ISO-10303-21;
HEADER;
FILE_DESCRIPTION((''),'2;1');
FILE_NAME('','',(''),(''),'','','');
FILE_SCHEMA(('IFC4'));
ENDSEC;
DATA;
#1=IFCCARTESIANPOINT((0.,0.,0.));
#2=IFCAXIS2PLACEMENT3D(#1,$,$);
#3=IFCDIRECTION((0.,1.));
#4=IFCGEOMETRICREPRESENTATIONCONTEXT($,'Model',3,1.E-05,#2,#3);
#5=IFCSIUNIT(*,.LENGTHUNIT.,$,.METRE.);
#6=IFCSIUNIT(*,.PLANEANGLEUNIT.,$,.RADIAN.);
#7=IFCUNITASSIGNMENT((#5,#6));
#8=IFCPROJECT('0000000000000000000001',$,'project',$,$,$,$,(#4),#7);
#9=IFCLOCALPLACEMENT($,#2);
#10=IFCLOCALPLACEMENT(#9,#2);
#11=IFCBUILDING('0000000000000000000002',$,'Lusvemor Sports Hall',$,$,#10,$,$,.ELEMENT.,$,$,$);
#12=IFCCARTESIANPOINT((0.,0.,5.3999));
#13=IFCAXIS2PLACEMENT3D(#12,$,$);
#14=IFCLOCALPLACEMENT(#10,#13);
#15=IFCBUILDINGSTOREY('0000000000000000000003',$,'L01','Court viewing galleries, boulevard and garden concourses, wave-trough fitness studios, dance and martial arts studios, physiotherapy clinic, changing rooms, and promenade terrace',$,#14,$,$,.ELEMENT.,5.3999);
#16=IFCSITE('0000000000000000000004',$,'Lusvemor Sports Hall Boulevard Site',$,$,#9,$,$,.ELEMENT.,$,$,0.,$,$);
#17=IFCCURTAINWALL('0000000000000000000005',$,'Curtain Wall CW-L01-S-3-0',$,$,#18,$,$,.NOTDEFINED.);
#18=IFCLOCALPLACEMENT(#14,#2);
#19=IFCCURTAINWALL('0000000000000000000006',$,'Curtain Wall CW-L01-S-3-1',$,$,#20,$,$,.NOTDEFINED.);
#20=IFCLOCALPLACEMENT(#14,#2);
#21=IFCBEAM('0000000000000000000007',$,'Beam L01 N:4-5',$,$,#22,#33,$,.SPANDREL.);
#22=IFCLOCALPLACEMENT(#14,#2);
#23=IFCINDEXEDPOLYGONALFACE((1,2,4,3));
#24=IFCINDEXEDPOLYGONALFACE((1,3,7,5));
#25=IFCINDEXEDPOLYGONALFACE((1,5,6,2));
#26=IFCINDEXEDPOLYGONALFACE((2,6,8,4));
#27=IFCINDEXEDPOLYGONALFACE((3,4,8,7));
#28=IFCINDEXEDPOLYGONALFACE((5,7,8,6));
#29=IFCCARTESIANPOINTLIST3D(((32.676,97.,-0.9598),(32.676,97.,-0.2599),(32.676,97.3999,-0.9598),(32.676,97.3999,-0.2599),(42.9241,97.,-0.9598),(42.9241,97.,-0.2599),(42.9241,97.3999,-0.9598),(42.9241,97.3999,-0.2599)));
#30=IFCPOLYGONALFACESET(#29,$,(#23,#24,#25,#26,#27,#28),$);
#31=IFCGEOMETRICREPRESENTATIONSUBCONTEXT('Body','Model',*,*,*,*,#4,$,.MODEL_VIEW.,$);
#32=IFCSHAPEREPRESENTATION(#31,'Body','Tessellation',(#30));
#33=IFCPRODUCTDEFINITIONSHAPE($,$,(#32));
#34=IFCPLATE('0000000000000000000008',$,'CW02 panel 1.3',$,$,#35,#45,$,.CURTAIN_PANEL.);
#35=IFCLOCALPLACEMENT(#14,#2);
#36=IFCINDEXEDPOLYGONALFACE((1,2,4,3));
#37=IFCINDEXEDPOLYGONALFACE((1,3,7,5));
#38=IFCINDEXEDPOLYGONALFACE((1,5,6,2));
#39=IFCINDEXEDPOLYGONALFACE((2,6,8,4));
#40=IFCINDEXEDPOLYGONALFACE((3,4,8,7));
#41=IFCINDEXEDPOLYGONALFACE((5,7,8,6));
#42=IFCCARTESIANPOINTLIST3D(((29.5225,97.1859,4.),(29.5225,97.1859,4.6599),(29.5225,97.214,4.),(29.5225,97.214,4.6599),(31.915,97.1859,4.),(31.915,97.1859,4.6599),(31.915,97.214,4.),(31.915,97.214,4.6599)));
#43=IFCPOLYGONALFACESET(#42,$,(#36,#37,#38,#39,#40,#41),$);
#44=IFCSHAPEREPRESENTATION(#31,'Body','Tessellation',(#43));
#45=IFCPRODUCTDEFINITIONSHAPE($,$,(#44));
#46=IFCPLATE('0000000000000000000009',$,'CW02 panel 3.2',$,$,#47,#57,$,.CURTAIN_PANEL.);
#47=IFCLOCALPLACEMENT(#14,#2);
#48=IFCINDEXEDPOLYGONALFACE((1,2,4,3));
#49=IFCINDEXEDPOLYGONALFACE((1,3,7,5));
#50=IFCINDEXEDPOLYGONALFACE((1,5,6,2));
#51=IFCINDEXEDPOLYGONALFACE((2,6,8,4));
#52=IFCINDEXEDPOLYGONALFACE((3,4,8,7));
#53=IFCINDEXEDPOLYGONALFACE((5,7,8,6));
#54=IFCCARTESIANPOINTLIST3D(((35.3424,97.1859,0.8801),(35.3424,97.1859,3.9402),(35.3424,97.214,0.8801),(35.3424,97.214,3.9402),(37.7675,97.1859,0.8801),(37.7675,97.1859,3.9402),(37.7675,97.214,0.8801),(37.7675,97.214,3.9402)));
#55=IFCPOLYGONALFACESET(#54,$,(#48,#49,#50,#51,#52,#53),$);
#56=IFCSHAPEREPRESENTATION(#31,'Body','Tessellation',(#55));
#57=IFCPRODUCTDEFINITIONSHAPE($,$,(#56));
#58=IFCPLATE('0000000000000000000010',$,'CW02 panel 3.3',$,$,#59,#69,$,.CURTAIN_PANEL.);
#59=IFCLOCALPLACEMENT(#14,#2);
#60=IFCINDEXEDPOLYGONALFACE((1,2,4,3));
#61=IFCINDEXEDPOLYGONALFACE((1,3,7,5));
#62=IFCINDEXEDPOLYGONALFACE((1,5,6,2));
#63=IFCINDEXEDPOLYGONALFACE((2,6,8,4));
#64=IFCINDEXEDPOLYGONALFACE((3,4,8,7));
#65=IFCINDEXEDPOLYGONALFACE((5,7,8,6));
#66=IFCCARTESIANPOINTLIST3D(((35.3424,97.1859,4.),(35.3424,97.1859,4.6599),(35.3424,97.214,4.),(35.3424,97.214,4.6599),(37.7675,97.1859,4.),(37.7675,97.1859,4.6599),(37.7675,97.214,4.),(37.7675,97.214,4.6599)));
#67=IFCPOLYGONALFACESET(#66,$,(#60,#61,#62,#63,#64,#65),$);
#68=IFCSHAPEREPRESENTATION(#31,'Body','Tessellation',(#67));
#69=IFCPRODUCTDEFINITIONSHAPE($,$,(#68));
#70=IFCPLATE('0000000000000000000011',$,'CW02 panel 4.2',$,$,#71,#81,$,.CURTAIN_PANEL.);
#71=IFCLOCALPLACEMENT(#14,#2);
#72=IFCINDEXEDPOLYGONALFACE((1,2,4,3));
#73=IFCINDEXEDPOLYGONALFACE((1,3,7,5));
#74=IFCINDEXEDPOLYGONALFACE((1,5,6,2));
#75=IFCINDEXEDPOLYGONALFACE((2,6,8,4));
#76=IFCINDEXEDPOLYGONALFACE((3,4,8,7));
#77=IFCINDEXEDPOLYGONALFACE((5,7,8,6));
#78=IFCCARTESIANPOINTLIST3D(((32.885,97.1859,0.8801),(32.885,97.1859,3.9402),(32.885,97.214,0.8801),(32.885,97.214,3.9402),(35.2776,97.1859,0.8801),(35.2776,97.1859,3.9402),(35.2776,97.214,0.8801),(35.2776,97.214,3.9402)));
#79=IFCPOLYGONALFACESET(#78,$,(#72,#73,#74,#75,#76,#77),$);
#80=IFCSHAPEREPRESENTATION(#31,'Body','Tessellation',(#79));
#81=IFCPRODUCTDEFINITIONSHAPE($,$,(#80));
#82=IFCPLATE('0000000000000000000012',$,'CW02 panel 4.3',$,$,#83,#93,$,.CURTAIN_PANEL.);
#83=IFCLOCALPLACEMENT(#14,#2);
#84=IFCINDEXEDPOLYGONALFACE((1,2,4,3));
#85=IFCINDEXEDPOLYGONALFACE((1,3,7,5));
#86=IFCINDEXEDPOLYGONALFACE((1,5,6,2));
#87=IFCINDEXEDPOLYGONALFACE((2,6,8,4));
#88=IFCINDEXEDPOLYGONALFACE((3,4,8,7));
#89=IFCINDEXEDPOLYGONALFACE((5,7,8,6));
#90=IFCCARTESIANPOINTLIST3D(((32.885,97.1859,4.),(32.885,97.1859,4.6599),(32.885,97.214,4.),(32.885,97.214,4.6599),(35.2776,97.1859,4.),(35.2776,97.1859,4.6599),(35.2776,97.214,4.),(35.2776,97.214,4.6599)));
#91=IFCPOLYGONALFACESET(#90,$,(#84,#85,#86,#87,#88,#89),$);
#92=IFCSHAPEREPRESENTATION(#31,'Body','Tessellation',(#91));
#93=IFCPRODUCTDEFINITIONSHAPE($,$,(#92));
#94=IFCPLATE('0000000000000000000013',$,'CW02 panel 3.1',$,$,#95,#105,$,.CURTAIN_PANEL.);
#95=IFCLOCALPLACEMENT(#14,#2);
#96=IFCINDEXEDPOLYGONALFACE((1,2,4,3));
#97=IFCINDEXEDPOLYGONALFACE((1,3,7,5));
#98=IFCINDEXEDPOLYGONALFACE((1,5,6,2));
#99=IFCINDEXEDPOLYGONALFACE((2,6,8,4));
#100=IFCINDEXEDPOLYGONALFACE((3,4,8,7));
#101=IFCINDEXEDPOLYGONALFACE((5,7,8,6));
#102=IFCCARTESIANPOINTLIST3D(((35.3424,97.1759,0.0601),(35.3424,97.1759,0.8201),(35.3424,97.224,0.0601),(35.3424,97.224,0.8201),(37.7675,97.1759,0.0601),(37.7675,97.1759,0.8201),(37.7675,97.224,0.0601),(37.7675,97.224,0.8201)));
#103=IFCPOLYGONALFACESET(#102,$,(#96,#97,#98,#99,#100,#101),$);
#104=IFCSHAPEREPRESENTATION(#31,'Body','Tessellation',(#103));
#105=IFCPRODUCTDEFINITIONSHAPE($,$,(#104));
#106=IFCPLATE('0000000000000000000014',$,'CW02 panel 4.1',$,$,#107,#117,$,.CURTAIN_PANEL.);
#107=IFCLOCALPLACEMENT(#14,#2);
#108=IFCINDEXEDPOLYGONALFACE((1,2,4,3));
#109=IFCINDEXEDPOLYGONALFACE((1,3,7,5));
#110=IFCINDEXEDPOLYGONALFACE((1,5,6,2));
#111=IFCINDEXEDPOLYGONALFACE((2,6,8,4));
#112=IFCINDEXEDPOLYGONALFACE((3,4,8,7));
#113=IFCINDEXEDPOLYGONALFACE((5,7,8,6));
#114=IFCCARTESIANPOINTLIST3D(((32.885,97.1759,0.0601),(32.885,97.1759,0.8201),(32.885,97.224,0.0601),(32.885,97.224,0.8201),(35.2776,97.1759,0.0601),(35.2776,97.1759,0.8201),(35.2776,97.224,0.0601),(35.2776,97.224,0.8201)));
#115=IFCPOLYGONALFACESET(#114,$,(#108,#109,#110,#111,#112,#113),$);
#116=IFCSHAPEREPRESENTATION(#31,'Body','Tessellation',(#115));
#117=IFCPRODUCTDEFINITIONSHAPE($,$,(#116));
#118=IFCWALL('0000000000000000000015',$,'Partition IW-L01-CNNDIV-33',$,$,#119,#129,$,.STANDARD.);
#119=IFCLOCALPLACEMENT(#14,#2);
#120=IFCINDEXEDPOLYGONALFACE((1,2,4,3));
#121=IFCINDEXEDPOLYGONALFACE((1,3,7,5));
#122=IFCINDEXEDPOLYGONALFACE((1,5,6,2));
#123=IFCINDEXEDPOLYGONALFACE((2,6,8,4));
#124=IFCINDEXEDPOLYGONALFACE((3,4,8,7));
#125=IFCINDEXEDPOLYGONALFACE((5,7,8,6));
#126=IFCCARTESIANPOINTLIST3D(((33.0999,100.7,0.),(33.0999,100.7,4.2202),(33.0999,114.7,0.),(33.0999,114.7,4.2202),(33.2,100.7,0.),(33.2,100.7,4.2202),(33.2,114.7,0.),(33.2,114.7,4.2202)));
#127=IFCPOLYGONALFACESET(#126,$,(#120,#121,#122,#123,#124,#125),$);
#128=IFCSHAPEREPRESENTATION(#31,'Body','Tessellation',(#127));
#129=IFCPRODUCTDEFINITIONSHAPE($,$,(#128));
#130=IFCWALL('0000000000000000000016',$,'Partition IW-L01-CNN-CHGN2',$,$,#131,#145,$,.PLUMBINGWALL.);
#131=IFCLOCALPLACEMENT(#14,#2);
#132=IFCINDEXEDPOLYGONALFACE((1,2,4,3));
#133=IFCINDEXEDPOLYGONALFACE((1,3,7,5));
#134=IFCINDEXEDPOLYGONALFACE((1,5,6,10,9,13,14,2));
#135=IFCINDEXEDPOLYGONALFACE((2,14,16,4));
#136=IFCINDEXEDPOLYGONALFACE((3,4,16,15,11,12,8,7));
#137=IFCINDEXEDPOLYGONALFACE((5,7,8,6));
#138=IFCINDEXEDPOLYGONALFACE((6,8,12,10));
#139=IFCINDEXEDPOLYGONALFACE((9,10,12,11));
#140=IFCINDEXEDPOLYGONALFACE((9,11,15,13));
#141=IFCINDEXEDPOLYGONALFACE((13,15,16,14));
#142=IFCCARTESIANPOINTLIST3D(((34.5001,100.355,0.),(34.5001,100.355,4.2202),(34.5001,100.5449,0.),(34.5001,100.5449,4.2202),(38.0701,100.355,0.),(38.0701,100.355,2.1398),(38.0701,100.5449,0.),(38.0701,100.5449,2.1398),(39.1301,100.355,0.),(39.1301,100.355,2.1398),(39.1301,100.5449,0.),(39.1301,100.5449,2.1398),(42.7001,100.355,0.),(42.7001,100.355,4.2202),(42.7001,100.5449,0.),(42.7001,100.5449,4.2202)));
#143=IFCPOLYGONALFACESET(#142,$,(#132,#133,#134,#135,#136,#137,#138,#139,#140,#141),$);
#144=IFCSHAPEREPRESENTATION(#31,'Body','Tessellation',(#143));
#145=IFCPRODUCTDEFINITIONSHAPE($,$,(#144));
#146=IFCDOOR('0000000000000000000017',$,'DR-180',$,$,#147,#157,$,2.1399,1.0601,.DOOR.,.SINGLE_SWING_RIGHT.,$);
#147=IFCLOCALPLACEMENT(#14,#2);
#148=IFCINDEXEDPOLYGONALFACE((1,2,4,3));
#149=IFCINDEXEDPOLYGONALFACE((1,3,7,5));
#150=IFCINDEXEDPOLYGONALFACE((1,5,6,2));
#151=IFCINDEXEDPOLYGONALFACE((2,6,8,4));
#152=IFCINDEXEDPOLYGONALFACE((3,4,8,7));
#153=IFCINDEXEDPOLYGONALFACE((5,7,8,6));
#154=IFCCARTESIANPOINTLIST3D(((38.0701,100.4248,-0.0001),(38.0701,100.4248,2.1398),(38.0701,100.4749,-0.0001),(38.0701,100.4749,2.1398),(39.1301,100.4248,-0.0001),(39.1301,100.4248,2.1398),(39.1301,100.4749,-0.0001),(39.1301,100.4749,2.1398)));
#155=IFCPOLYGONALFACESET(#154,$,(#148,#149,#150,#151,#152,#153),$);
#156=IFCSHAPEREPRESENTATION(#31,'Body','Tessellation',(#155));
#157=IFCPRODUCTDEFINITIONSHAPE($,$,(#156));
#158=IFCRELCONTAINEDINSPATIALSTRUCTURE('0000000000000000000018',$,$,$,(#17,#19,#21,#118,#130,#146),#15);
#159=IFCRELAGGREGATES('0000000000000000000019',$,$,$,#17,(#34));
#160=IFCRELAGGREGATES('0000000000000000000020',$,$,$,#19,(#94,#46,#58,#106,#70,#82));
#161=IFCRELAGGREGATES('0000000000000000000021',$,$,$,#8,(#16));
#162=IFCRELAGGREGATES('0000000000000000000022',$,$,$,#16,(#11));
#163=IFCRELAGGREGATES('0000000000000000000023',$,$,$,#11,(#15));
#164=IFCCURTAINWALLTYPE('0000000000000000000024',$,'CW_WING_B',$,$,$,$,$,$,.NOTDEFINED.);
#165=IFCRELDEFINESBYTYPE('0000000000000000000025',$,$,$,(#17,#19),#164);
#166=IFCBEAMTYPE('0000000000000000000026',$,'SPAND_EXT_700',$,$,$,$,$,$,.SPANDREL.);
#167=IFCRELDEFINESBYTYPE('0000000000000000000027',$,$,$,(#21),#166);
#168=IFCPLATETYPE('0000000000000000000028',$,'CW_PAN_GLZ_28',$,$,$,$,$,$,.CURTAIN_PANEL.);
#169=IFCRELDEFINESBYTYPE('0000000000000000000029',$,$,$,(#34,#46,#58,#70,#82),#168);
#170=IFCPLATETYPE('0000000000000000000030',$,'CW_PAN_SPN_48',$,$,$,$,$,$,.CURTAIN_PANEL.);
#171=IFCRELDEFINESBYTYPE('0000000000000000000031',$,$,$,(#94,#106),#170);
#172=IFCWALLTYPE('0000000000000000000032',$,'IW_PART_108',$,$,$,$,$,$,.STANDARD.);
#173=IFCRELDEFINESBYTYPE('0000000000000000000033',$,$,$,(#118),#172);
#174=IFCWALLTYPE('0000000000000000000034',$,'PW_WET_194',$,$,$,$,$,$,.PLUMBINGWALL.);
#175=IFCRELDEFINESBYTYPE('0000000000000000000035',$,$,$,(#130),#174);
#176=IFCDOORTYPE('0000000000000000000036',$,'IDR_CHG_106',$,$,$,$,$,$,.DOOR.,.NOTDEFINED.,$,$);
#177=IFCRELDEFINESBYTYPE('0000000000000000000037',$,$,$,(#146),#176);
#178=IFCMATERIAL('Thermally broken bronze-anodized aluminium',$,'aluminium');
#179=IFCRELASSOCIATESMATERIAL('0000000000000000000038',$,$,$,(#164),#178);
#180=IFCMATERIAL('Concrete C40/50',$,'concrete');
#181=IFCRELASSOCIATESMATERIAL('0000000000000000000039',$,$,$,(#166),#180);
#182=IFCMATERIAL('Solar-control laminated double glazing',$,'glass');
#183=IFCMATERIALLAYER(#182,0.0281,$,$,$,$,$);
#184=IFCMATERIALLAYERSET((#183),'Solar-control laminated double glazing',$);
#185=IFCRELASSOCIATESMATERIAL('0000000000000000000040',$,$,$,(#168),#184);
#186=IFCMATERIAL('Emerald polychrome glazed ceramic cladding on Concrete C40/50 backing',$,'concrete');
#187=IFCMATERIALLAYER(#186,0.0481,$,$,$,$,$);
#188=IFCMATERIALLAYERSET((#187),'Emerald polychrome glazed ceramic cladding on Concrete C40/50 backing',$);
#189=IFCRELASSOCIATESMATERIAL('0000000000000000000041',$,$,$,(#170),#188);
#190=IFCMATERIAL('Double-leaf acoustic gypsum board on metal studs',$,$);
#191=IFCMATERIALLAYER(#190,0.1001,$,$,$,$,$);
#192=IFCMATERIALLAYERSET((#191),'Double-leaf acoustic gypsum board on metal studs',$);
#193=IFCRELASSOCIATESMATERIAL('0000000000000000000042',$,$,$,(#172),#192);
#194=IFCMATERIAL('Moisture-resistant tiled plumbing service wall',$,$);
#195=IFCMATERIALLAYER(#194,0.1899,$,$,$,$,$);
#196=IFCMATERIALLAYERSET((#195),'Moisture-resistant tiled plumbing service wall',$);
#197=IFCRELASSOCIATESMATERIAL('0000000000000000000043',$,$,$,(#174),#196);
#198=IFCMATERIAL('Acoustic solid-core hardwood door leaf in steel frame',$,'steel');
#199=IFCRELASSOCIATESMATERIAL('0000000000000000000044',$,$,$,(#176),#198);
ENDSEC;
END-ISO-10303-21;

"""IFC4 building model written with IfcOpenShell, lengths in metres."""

from ifc_helpers import new_model, si_unit, direction, frame, frame_2d, origin, origin_2d, place, context, subcontext, project, spatial, rectangle, extrude, material, layer, layer_set, material_profile, profile_set, type_object, element, fill, aggregate, save


model = new_model("IFC4")

# Units and contexts
model_context = context("Model", 3, precision=1e-05, world=origin(), true_north=direction((0.0, 1.0)))
body_context = subcontext(model_context, "Body", "Model", "MODEL_VIEW")
ifc_project = project(units=[si_unit("LENGTHUNIT", "METRE"), si_unit("PLANEANGLEUNIT", "RADIAN")], contexts=[model_context])

# Site, building, storey
site_placement = place(None, origin())
site = spatial("IfcSite", under=ifc_project, at=site_placement, Name="Lusvemor Sports Hall Boulevard Site", CompositionType="ELEMENT", RefElevation=0.0)
building_placement = place(site_placement, origin())
building = spatial("IfcBuilding", under=site, at=building_placement, Name="Lusvemor Sports Hall", CompositionType="ELEMENT")
storey_placement = place(building_placement, frame((0.0, 0.0, 5.3999)))
storey = spatial("IfcBuildingStorey", under=building, at=storey_placement, Name="L01", Description="Court viewing galleries, boulevard and garden concourses, wave-trough fitness studios, dance and martial arts studios, physiotherapy clinic, changing rooms, and promenade terrace", CompositionType="ELEMENT", Elevation=5.3999)

# Curtain wall
ifc_material_1 = material(Name="Thermally broken bronze-anodized aluminium", Category="aluminium")
curtain_wall_type = type_object("IfcCurtainWallType", Name="CW_WING_B", PredefinedType="NOTDEFINED", material=ifc_material_1)
curtain_wall_1_placement = place(storey_placement, origin())
curtain_wall_1 = element("IfcCurtainWall", 1, at=curtain_wall_1_placement, inside=storey, type_object=curtain_wall_type, Name="Curtain Wall CW-L01-S-3-0", PredefinedType="NOTDEFINED")

# Curtain wall
curtain_wall_2_placement = place(storey_placement, origin())
curtain_wall_2 = element("IfcCurtainWall", 2, at=curtain_wall_2_placement, inside=storey, type_object=curtain_wall_type, Name="Curtain Wall CW-L01-S-3-1", PredefinedType="NOTDEFINED")

# Beam
ifc_material_2 = material(Name="Concrete C40/50", Category="concrete")
ifc_material_profile_1 = material_profile(ifc_material_2, rectangle(XDim=0.3999, YDim=0.7, at=origin_2d()), Name="RC400x700")
ifc_profile_set_1 = profile_set([ifc_material_profile_1], Name="Concrete C40/50")
beam_type_1 = type_object("IfcBeamType", Name="SPAND_EXT_700", PredefinedType="SPANDREL", material=ifc_profile_set_1)
beam_1_placement = place(storey_placement, frame((32.676, 97.2, -0.6099), z_axis=(1.0, 0.0, 0.0), x_axis=(0.0, 1.0, 0.0)))
element("IfcBeam", 3, at=beam_1_placement, inside=storey, type_object=beam_type_1, Name="Beam L01 N:4-5", PredefinedType="SPANDREL", context=body_context, shape_type="SweptSolid", body=[
    extrude(rectangle(XDim=0.3999, YDim=0.7, at=origin_2d()), origin(), (0.0, 0.0, 1.0), 10.248),
])

# Plates
ifc_material_3 = material(Name="Solar-control laminated double glazing", Category="glass")
ifc_layer_1 = layer(ifc_material_3, 0.0281)
ifc_layer_set_1 = layer_set([ifc_layer_1], Name="Solar-control laminated double glazing")
plate_type_1 = type_object("IfcPlateType", Name="CW_PAN_GLZ_28", PredefinedType="CURTAIN_PANEL", material=ifc_layer_set_1)
plate_1_placement = place(storey_placement, frame((30.7188, 97.2, 4.0), z_axis=(0.0, 0.0, 1.0), x_axis=(-1.0, 0.0, 0.0)))
plate_1 = element("IfcPlate", 4, at=plate_1_placement, type_object=plate_type_1, Name="CW02 panel 1.3", PredefinedType="CURTAIN_PANEL", context=body_context, shape_type="SweptSolid", body=[
    extrude(rectangle(XDim=2.3926, YDim=0.0281, at=origin_2d()), origin(), (0.0, 0.0, 1.0), 0.6599),
])
aggregate(curtain_wall_1, [plate_1])
plate_2_placement = place(storey_placement, frame((36.5549, 97.2, 0.8801), z_axis=(0.0, 0.0, 1.0), x_axis=(-1.0, 0.0, 0.0)))
plate_2 = element("IfcPlate", 5, at=plate_2_placement, type_object=plate_type_1, Name="CW02 panel 3.2", PredefinedType="CURTAIN_PANEL", context=body_context, shape_type="SweptSolid", body=[
    extrude(rectangle(XDim=2.425, YDim=0.0281, at=origin_2d()), origin(), (0.0, 0.0, 1.0), 3.0601),
])
plate_3_placement = place(storey_placement, frame((36.5549, 97.2, 4.0), z_axis=(0.0, 0.0, 1.0), x_axis=(-1.0, 0.0, 0.0)))
plate_3 = element("IfcPlate", 6, at=plate_3_placement, type_object=plate_type_1, Name="CW02 panel 3.3", PredefinedType="CURTAIN_PANEL", context=body_context, shape_type="SweptSolid", body=[
    extrude(rectangle(XDim=2.425, YDim=0.0281, at=origin_2d()), origin(), (0.0, 0.0, 1.0), 0.6599),
])
plate_4_placement = place(storey_placement, frame((34.0813, 97.2, 0.8801), z_axis=(0.0, 0.0, 1.0), x_axis=(-1.0, 0.0, 0.0)))
plate_4 = element("IfcPlate", 7, at=plate_4_placement, type_object=plate_type_1, Name="CW02 panel 4.2", PredefinedType="CURTAIN_PANEL", context=body_context, shape_type="SweptSolid", body=[
    extrude(rectangle(XDim=2.3926, YDim=0.0281, at=origin_2d()), origin(), (0.0, 0.0, 1.0), 3.0601),
])
plate_5_placement = place(storey_placement, frame((34.0813, 97.2, 4.0), z_axis=(0.0, 0.0, 1.0), x_axis=(-1.0, 0.0, 0.0)))
plate_5 = element("IfcPlate", 8, at=plate_5_placement, type_object=plate_type_1, Name="CW02 panel 4.3", PredefinedType="CURTAIN_PANEL", context=body_context, shape_type="SweptSolid", body=[
    extrude(rectangle(XDim=2.3926, YDim=0.0281, at=origin_2d()), origin(), (0.0, 0.0, 1.0), 0.6599),
])
ifc_material_4 = material(Name="Emerald polychrome glazed ceramic cladding on Concrete C40/50 backing", Category="concrete")
ifc_layer_2 = layer(ifc_material_4, 0.0481)
ifc_layer_set_2 = layer_set([ifc_layer_2], Name="Emerald polychrome glazed ceramic cladding on Concrete C40/50 backing")
plate_type_2 = type_object("IfcPlateType", Name="CW_PAN_SPN_48", PredefinedType="CURTAIN_PANEL", material=ifc_layer_set_2)
plate_6_placement = place(storey_placement, frame((36.5549, 97.2, 0.0601), z_axis=(0.0, 0.0, 1.0), x_axis=(-1.0, 0.0, 0.0)))
plate_6 = element("IfcPlate", 9, at=plate_6_placement, type_object=plate_type_2, Name="CW02 panel 3.1", PredefinedType="CURTAIN_PANEL", context=body_context, shape_type="SweptSolid", body=[
    extrude(rectangle(XDim=2.425, YDim=0.0481, at=origin_2d()), origin(), (0.0, 0.0, 1.0), 0.76),
])
plate_7_placement = place(storey_placement, frame((34.0813, 97.2, 0.0601), z_axis=(0.0, 0.0, 1.0), x_axis=(-1.0, 0.0, 0.0)))
plate_7 = element("IfcPlate", 10, at=plate_7_placement, type_object=plate_type_2, Name="CW02 panel 4.1", PredefinedType="CURTAIN_PANEL", context=body_context, shape_type="SweptSolid", body=[
    extrude(rectangle(XDim=2.3926, YDim=0.0481, at=origin_2d()), origin(), (0.0, 0.0, 1.0), 0.76),
])
aggregate(curtain_wall_2, [plate_6, plate_2, plate_3, plate_7, plate_4, plate_5])

# Wall
ifc_material_5 = material(Name="Double-leaf acoustic gypsum board on metal studs")
ifc_layer_3 = layer(ifc_material_5, 0.1001)
ifc_layer_set_3 = layer_set([ifc_layer_3], Name="Double-leaf acoustic gypsum board on metal studs")
wall_type_1 = type_object("IfcWallType", Name="IW_PART_108", PredefinedType="STANDARD", material=ifc_layer_set_3)
wall_1_placement = place(storey_placement, frame((33.1499, 100.7, 0.0), z_axis=(0.0, 0.0, 1.0), x_axis=(0.0, 1.0, 0.0)))
element("IfcWall", 11, at=wall_1_placement, inside=storey, type_object=wall_type_1, Name="Partition IW-L01-CNNDIV-33", PredefinedType="STANDARD", context=body_context, shape_type="SweptSolid", body=[
    extrude(rectangle(XDim=14.0, YDim=0.1001, at=frame_2d((7.0, 0.0))), origin(), (0.0, 0.0, 1.0), 4.2202),
])

# Wall, opening, door
ifc_material_6 = material(Name="Moisture-resistant tiled plumbing service wall")
ifc_layer_4 = layer(ifc_material_6, 0.1899)
ifc_layer_set_4 = layer_set([ifc_layer_4], Name="Moisture-resistant tiled plumbing service wall")
wall_type_2 = type_object("IfcWallType", Name="PW_WET_194", PredefinedType="PLUMBINGWALL", material=ifc_layer_set_4)
wall_2_placement = place(storey_placement, frame((34.5, 100.45, 0.0), z_axis=(0.0, 0.0, 1.0), x_axis=(1.0, 0.0, 0.0)))
wall_2 = element("IfcWall", 12, at=wall_2_placement, inside=storey, type_object=wall_type_2, Name="Partition IW-L01-CNN-CHGN2", PredefinedType="PLUMBINGWALL", context=body_context, shape_type="SweptSolid", body=[
    extrude(rectangle(XDim=8.2, YDim=0.1899, at=frame_2d((4.1001, 0.0))), origin(), (0.0, 0.0, 1.0), 4.2202),
])
opening_placement = place(wall_2_placement, frame((3.5701, 0.0, 0.0)))
opening = element("IfcOpeningElement", 13, at=opening_placement, cuts=wall_2, PredefinedType="OPENING", context=body_context, shape_type="SweptSolid", body=[
    extrude(rectangle(XDim=1.0601, YDim=2.1399, at=frame_2d((0.53, 1.0698))), frame((0.0, 0.095, 0.0), z_axis=(0.0, -1.0, 0.0), x_axis=(1.0, 0.0, 0.0)), (0.0, 0.0, 1.0), 0.1899),
])
ifc_material_7 = material(Name="Acoustic solid-core hardwood door leaf in steel frame", Category="steel")
door_type = type_object("IfcDoorType", Name="IDR_CHG_106", OperationType="NOTDEFINED", PredefinedType="DOOR", material=ifc_material_7)
door_placement = place(opening_placement, origin())
door = element("IfcDoor", 14, at=door_placement, inside=storey, type_object=door_type, Name="DR-180", OperationType="SINGLE_SWING_RIGHT", OverallHeight=2.1399, OverallWidth=1.0601, PredefinedType="DOOR", context=body_context, shape_type="SweptSolid", body=[
    extrude(rectangle(XDim=1.0601, YDim=2.1399, at=frame_2d((0.53, 1.0698))), frame((0.0, 0.0249, 0.0), z_axis=(0.0, -1.0, 0.0), x_axis=(1.0, 0.0, 0.0)), (0.0, 0.0, 1.0), 0.05),
])
fill(opening, door)

save(model, "model.ifc")
